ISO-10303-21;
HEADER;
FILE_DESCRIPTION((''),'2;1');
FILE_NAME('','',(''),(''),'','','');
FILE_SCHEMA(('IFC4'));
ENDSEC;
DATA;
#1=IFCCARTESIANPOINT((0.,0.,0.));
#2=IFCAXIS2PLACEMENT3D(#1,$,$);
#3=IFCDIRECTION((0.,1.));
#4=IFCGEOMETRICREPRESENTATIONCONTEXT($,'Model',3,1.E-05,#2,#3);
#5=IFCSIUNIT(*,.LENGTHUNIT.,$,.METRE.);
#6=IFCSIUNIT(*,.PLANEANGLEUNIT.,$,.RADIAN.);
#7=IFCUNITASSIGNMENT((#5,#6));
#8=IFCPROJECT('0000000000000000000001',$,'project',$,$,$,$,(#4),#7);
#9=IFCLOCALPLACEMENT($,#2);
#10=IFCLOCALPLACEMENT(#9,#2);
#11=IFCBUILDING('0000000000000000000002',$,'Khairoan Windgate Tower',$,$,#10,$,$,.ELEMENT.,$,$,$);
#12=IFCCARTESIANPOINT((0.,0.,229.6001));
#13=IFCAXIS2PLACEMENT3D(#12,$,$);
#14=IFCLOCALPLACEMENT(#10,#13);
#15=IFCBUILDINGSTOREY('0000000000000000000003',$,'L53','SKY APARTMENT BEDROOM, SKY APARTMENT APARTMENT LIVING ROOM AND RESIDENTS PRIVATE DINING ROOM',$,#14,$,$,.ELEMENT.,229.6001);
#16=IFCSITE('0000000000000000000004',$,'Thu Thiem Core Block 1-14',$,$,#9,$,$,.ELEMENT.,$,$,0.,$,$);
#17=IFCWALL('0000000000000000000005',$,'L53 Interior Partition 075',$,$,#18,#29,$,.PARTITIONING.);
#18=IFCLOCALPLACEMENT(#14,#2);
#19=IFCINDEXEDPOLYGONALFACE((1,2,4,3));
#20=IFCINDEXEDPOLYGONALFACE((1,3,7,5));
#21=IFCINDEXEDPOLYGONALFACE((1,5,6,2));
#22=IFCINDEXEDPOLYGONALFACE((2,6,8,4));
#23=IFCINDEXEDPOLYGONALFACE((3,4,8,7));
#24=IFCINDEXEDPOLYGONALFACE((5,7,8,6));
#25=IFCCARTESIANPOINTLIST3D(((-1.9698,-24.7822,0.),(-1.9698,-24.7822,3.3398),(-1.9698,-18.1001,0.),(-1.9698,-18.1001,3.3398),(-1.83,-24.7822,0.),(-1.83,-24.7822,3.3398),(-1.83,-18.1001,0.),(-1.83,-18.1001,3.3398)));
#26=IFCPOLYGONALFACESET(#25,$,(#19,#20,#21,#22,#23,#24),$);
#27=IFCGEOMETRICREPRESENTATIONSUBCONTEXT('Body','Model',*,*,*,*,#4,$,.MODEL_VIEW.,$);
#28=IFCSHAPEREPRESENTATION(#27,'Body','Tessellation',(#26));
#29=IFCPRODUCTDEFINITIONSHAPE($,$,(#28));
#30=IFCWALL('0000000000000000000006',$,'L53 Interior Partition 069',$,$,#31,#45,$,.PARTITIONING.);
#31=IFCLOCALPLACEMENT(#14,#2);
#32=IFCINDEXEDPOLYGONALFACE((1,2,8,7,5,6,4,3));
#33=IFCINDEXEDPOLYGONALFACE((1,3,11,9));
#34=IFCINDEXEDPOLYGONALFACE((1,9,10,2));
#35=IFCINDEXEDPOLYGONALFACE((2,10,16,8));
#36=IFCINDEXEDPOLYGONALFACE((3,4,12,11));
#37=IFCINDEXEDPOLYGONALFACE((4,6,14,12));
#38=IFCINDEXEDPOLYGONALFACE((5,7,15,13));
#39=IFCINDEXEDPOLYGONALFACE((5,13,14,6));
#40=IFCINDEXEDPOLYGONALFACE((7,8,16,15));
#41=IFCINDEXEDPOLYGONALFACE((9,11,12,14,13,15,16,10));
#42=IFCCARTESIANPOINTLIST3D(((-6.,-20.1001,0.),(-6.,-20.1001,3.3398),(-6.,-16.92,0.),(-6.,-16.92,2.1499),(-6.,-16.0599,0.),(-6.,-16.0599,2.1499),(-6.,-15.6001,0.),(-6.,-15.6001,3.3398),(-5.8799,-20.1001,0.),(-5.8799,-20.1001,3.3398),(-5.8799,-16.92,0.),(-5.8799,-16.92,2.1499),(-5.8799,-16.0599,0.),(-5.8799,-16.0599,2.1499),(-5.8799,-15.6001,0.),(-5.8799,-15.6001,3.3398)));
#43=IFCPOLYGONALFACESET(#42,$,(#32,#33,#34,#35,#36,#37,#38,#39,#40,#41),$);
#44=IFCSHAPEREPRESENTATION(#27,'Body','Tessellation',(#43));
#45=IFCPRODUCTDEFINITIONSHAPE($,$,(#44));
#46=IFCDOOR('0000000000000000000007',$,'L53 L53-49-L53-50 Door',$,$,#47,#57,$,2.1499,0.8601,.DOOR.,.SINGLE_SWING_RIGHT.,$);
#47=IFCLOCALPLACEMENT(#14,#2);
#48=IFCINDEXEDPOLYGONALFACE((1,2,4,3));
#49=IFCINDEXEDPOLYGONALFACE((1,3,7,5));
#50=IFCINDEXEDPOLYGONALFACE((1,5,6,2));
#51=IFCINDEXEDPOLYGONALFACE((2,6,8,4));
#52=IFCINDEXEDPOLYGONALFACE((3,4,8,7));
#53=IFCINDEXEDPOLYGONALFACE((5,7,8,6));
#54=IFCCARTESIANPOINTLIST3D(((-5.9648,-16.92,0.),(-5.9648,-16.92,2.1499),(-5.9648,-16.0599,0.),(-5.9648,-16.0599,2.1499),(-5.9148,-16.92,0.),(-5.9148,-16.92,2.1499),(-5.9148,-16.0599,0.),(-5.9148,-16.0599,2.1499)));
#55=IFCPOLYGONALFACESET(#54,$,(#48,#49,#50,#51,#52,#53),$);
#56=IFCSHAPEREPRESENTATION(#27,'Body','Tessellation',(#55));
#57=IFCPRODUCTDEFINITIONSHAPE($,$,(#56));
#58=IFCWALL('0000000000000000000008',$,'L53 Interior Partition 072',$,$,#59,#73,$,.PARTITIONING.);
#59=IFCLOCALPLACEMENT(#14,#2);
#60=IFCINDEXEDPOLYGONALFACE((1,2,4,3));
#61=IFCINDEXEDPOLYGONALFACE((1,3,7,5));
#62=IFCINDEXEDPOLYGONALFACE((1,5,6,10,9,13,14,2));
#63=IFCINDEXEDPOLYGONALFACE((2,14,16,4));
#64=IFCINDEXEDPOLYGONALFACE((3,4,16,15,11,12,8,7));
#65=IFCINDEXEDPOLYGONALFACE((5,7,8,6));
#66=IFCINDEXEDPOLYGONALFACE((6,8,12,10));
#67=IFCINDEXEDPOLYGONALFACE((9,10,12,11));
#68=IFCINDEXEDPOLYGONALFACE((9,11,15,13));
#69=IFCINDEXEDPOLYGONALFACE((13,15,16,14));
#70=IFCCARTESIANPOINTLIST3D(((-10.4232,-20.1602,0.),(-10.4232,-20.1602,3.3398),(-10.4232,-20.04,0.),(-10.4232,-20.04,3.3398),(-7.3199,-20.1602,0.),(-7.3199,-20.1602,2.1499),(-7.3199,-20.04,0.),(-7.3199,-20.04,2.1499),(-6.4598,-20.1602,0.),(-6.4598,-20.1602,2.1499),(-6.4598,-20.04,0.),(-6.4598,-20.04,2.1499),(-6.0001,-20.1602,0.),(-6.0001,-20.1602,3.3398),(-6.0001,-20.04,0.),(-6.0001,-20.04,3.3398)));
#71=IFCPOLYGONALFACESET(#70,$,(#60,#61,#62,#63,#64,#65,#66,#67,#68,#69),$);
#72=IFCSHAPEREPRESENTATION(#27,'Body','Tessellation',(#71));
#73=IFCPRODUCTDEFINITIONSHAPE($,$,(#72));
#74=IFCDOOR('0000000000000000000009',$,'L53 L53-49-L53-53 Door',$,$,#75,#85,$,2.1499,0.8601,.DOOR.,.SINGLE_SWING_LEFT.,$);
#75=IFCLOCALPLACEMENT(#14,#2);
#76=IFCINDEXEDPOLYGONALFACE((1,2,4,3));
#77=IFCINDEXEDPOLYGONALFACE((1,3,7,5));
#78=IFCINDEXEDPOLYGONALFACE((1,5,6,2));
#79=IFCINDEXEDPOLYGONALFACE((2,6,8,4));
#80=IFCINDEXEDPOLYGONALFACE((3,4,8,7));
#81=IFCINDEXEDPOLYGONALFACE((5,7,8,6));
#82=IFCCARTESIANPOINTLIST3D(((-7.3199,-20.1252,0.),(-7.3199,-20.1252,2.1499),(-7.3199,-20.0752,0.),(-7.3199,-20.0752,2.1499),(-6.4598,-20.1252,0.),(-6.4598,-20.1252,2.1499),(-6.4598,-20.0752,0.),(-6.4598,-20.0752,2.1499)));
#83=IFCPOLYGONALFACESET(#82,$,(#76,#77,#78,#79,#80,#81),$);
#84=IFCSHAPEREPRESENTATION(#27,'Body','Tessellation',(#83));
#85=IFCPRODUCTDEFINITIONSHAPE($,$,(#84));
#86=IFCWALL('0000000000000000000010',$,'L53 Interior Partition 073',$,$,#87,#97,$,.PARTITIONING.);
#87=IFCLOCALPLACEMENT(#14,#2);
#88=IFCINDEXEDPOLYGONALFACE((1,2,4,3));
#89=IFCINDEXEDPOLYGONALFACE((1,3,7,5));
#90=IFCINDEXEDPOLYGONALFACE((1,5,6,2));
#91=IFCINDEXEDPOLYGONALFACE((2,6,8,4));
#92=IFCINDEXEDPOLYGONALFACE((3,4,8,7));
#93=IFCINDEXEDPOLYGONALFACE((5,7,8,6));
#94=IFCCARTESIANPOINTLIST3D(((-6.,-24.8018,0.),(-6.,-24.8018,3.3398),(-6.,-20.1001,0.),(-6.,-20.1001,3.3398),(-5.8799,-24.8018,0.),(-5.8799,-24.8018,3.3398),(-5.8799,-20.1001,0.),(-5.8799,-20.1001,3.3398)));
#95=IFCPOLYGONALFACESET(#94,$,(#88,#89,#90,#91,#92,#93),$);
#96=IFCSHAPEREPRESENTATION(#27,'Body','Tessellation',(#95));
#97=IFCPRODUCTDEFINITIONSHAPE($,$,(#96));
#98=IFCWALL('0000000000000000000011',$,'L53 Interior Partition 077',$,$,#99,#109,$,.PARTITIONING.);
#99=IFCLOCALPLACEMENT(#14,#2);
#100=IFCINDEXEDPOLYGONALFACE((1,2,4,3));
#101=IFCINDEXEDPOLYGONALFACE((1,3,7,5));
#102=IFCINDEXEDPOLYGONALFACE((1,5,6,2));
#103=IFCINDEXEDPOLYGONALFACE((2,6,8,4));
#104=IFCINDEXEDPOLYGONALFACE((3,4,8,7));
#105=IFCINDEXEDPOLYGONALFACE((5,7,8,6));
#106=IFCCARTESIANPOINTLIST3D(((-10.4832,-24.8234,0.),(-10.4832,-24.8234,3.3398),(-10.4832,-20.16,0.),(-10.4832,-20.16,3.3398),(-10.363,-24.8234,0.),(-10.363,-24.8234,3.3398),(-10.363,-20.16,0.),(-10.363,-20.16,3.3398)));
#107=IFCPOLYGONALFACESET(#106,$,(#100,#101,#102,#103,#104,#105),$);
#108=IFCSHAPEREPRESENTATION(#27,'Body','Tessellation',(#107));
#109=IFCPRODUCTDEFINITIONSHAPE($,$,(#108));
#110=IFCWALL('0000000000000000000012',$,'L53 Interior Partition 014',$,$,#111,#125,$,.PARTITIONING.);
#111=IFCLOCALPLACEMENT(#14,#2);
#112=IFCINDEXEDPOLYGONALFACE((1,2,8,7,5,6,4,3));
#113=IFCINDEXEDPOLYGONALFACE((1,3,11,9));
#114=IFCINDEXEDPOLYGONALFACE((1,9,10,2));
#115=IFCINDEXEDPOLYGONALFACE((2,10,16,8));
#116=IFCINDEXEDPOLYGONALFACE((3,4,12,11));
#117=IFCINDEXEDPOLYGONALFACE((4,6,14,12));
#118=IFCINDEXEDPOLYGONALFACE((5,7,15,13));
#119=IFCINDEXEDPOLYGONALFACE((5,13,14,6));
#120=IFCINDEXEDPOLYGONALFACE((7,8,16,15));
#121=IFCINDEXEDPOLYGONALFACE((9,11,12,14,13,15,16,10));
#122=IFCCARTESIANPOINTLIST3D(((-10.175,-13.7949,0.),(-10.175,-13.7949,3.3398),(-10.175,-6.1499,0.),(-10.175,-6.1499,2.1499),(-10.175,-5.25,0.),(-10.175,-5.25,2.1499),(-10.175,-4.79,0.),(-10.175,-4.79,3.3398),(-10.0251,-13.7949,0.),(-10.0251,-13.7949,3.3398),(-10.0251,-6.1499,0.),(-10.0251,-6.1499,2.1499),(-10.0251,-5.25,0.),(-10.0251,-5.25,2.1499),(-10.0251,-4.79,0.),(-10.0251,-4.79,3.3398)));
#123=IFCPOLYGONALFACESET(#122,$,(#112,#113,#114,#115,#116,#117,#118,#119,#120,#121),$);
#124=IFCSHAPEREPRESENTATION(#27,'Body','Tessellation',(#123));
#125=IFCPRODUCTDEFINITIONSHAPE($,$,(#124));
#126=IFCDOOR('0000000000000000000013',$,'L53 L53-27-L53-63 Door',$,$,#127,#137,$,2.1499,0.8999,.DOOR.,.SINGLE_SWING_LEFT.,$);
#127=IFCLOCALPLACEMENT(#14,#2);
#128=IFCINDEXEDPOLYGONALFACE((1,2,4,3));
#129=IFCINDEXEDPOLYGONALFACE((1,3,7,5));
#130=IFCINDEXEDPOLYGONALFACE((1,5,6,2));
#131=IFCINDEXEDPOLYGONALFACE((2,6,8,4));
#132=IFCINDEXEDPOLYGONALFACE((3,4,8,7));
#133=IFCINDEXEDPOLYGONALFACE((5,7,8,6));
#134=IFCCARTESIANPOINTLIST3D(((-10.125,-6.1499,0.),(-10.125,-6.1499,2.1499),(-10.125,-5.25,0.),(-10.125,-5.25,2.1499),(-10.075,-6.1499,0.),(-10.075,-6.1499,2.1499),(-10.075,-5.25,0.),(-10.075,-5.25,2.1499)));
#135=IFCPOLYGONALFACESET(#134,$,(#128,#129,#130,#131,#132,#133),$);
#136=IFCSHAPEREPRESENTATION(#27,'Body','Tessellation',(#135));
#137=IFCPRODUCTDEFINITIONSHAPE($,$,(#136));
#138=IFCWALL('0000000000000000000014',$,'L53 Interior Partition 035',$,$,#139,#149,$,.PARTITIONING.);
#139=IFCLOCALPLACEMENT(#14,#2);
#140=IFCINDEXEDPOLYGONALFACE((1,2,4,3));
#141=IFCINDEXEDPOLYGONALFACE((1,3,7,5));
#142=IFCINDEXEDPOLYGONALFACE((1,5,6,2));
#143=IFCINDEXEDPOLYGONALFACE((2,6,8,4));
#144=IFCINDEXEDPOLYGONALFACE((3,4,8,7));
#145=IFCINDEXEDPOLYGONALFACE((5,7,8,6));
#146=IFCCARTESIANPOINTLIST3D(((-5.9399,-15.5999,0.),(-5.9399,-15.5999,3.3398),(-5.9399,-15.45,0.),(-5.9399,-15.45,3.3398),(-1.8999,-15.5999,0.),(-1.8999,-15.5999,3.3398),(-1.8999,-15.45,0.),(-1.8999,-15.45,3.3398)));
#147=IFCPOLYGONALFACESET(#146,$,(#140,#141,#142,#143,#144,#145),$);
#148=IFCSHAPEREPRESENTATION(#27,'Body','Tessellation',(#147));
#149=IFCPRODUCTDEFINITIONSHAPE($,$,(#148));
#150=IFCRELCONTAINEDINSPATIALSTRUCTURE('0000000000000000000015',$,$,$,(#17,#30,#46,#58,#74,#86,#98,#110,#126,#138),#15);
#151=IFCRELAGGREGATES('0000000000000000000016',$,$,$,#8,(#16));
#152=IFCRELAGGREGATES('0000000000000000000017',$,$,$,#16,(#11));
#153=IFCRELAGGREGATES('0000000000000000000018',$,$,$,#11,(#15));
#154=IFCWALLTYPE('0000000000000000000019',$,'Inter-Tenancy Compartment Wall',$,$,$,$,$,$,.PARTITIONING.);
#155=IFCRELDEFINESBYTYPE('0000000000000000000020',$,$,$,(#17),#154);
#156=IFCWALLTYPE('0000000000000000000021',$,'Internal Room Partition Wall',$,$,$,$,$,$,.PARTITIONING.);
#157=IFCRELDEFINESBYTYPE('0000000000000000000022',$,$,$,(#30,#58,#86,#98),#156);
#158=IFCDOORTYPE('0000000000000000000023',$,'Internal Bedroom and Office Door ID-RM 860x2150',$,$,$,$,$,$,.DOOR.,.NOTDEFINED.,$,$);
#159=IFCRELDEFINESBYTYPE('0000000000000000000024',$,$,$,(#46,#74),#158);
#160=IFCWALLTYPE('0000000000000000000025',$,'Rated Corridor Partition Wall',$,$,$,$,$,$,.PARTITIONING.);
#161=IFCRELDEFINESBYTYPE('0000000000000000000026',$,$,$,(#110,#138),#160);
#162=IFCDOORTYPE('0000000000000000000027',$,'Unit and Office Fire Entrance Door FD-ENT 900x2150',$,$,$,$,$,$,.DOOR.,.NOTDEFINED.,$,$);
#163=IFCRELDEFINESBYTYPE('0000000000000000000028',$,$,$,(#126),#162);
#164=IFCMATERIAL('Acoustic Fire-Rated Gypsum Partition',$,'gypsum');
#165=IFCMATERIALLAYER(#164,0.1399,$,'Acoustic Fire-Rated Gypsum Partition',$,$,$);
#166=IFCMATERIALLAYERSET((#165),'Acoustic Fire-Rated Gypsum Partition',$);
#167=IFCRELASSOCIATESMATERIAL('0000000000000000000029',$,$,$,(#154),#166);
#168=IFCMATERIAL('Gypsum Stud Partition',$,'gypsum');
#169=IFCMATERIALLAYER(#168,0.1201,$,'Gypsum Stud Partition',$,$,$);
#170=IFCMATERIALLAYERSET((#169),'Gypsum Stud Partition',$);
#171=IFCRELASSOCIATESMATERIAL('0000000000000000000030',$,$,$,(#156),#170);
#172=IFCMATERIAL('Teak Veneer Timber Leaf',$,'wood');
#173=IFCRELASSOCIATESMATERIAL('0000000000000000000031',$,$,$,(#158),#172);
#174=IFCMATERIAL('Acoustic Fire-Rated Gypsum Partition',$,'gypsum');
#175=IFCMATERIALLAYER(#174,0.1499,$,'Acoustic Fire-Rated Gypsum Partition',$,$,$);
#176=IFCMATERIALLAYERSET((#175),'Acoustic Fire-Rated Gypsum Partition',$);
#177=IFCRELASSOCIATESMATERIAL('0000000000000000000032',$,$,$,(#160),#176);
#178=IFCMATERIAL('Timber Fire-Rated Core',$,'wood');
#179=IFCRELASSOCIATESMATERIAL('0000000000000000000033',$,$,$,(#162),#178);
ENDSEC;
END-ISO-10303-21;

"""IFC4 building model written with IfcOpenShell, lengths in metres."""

from ifc_helpers import new_model, si_unit, direction, frame, frame_2d, origin, place, context, subcontext, project, spatial, rectangle, extrude, material, layer, layer_set, type_object, element, fill, save


model = new_model("IFC4")

# Units and contexts
model_context = context("Model", 3, precision=1e-05, world=origin(), true_north=direction((0.0, 1.0)))
body_context = subcontext(model_context, "Body", "Model", "MODEL_VIEW")
ifc_project = project(units=[si_unit("LENGTHUNIT", "METRE"), si_unit("PLANEANGLEUNIT", "RADIAN")], contexts=[model_context])

# Site, building, storey
site_placement = place(None, origin())
site = spatial("IfcSite", under=ifc_project, at=site_placement, Name="Thu Thiem Core Block 1-14", CompositionType="ELEMENT", RefElevation=0.0)
building_placement = place(site_placement, origin())
building = spatial("IfcBuilding", under=site, at=building_placement, Name="Khairoan Windgate Tower", CompositionType="ELEMENT")
storey_placement = place(building_placement, frame((0.0, 0.0, 229.6001)))
storey = spatial("IfcBuildingStorey", under=building, at=storey_placement, Name="L53", Description="SKY APARTMENT BEDROOM, SKY APARTMENT APARTMENT LIVING ROOM AND RESIDENTS PRIVATE DINING ROOM", CompositionType="ELEMENT", Elevation=229.6001)

# Wall
ifc_material_1 = material(Name="Acoustic Fire-Rated Gypsum Partition", Category="gypsum")
ifc_layer_1 = layer(ifc_material_1, 0.1399, Name="Acoustic Fire-Rated Gypsum Partition")
ifc_layer_set_1 = layer_set([ifc_layer_1], Name="Acoustic Fire-Rated Gypsum Partition")
wall_type_1 = type_object("IfcWallType", Name="Inter-Tenancy Compartment Wall", PredefinedType="PARTITIONING", material=ifc_layer_set_1)
wall_1_placement = place(storey_placement, frame((-1.8999, -24.7822, 0.0), z_axis=(0.0, 0.0, 1.0), x_axis=(0.0, 1.0, 0.0)))
element("IfcWall", 1, at=wall_1_placement, inside=storey, type_object=wall_type_1, Name="L53 Interior Partition 075", PredefinedType="PARTITIONING", context=body_context, shape_type="SweptSolid", body=[
    extrude(rectangle(XDim=6.6821, YDim=0.1399, at=frame_2d((3.3411, 0.0))), origin(), (0.0, 0.0, 1.0), 3.3398),
])

# Walls, openings, doors
ifc_material_2 = material(Name="Gypsum Stud Partition", Category="gypsum")
ifc_layer_2 = layer(ifc_material_2, 0.1201, Name="Gypsum Stud Partition")
ifc_layer_set_2 = layer_set([ifc_layer_2], Name="Gypsum Stud Partition")
wall_type_2 = type_object("IfcWallType", Name="Internal Room Partition Wall", PredefinedType="PARTITIONING", material=ifc_layer_set_2)
wall_2_placement = place(storey_placement, frame((-5.9399, -20.1001, 0.0), z_axis=(0.0, 0.0, 1.0), x_axis=(0.0, 1.0, 0.0)))
wall_2 = element("IfcWall", 2, at=wall_2_placement, inside=storey, type_object=wall_type_2, Name="L53 Interior Partition 069", PredefinedType="PARTITIONING", context=body_context, shape_type="SweptSolid", body=[
    extrude(rectangle(XDim=4.5, YDim=0.1201, at=frame_2d((2.25, 0.0))), origin(), (0.0, 0.0, 1.0), 3.3398),
])
opening_1_placement = place(wall_2_placement, frame((3.1799, 0.0, 0.0)))
opening_1 = element("IfcOpeningElement", 3, at=opening_1_placement, cuts=wall_2, PredefinedType="OPENING", context=body_context, shape_type="SweptSolid", body=[
    extrude(rectangle(XDim=0.8601, YDim=2.1499, at=frame_2d((0.4302, 1.075))), frame((0.0, 0.0701, 0.0), z_axis=(0.0, -1.0, 0.0), x_axis=(1.0, 0.0, 0.0)), (0.0, 0.0, 1.0), 0.1401),
])
ifc_material_3 = material(Name="Teak Veneer Timber Leaf", Category="wood")
door_type_1 = type_object("IfcDoorType", Name="Internal Bedroom and Office Door ID-RM 860x2150", OperationType="NOTDEFINED", PredefinedType="DOOR", material=ifc_material_3)
door_1_placement = place(opening_1_placement, origin())
door_1 = element("IfcDoor", 4, at=door_1_placement, inside=storey, type_object=door_type_1, Name="L53 L53-49-L53-50 Door", OperationType="SINGLE_SWING_RIGHT", OverallHeight=2.1499, OverallWidth=0.8601, PredefinedType="DOOR", context=body_context, shape_type="SweptSolid", body=[
    extrude(rectangle(XDim=0.8601, YDim=2.1499, at=frame_2d((0.4302, 1.075))), frame((0.0, 0.0249, 0.0), z_axis=(0.0, -1.0, 0.0), x_axis=(1.0, 0.0, 0.0)), (0.0, 0.0, 1.0), 0.05),
])
fill(opening_1, door_1)
wall_3_placement = place(storey_placement, frame((-10.4231, -20.1001, 0.0), z_axis=(0.0, 0.0, 1.0), x_axis=(1.0, 0.0, 0.0)))
wall_3 = element("IfcWall", 5, at=wall_3_placement, inside=storey, type_object=wall_type_2, Name="L53 Interior Partition 072", PredefinedType="PARTITIONING", context=body_context, shape_type="SweptSolid", body=[
    extrude(rectangle(XDim=4.4231, YDim=0.1201, at=frame_2d((2.2114, 0.0))), origin(), (0.0, 0.0, 1.0), 3.3398),
])
opening_2_placement = place(wall_3_placement, frame((3.103, 0.0, 0.0)))
opening_2 = element("IfcOpeningElement", 6, at=opening_2_placement, cuts=wall_3, PredefinedType="OPENING", context=body_context, shape_type="SweptSolid", body=[
    extrude(rectangle(XDim=0.8601, YDim=2.1499, at=frame_2d((0.4302, 1.075))), frame((0.0, 0.0701, 0.0), z_axis=(0.0, -1.0, 0.0), x_axis=(1.0, 0.0, 0.0)), (0.0, 0.0, 1.0), 0.1401),
])
door_2_placement = place(opening_2_placement, origin())
door_2 = element("IfcDoor", 7, at=door_2_placement, inside=storey, type_object=door_type_1, Name="L53 L53-49-L53-53 Door", OperationType="SINGLE_SWING_LEFT", OverallHeight=2.1499, OverallWidth=0.8601, PredefinedType="DOOR", context=body_context, shape_type="SweptSolid", body=[
    extrude(rectangle(XDim=0.8601, YDim=2.1499, at=frame_2d((0.4302, 1.075))), frame((0.0, 0.0249, 0.0), z_axis=(0.0, -1.0, 0.0), x_axis=(1.0, 0.0, 0.0)), (0.0, 0.0, 1.0), 0.05),
])
fill(opening_2, door_2)

# Walls
wall_4_placement = place(storey_placement, frame((-5.9399, -24.8018, 0.0), z_axis=(0.0, 0.0, 1.0), x_axis=(0.0, 1.0, 0.0)))
element("IfcWall", 8, at=wall_4_placement, inside=storey, type_object=wall_type_2, Name="L53 Interior Partition 073", PredefinedType="PARTITIONING", context=body_context, shape_type="SweptSolid", body=[
    extrude(rectangle(XDim=4.7017, YDim=0.1201, at=frame_2d((2.3508, 0.0))), origin(), (0.0, 0.0, 1.0), 3.3398),
])
wall_5_placement = place(storey_placement, frame((-10.4231, -24.8232, 0.0), z_axis=(0.0, 0.0, 1.0), x_axis=(0.0, 1.0, 0.0)))
element("IfcWall", 9, at=wall_5_placement, inside=storey, type_object=wall_type_2, Name="L53 Interior Partition 077", PredefinedType="PARTITIONING", context=body_context, shape_type="SweptSolid", body=[
    extrude(rectangle(XDim=4.6633, YDim=0.1201, at=frame_2d((2.3315, 0.0))), origin(), (0.0, 0.0, 1.0), 3.3398),
])

# Wall, opening, door
ifc_material_4 = material(Name="Acoustic Fire-Rated Gypsum Partition", Category="gypsum")
ifc_layer_3 = layer(ifc_material_4, 0.1499, Name="Acoustic Fire-Rated Gypsum Partition")
ifc_layer_set_3 = layer_set([ifc_layer_3], Name="Acoustic Fire-Rated Gypsum Partition")
wall_type_3 = type_object("IfcWallType", Name="Rated Corridor Partition Wall", PredefinedType="PARTITIONING", material=ifc_layer_set_3)
wall_6_placement = place(storey_placement, frame((-10.1001, -13.7949, 0.0), z_axis=(0.0, 0.0, 1.0), x_axis=(0.0, 1.0, 0.0)))
wall_6 = element("IfcWall", 10, at=wall_6_placement, inside=storey, type_object=wall_type_3, Name="L53 Interior Partition 014", PredefinedType="PARTITIONING", context=body_context, shape_type="SweptSolid", body=[
    extrude(rectangle(XDim=9.0049, YDim=0.1499, at=frame_2d((4.5024, 0.0))), origin(), (0.0, 0.0, 1.0), 3.3398),
])
opening_3_placement = place(wall_6_placement, frame((7.645, 0.0, 0.0)))
opening_3 = element("IfcOpeningElement", 11, at=opening_3_placement, cuts=wall_6, PredefinedType="OPENING", context=body_context, shape_type="SweptSolid", body=[
    extrude(rectangle(XDim=0.8999, YDim=2.1499, at=frame_2d((0.45, 1.075))), frame((0.0, 0.085, 0.0), z_axis=(0.0, -1.0, 0.0), x_axis=(1.0, 0.0, 0.0)), (0.0, 0.0, 1.0), 0.1699),
])
ifc_material_5 = material(Name="Timber Fire-Rated Core", Category="wood")
door_type_2 = type_object("IfcDoorType", Name="Unit and Office Fire Entrance Door FD-ENT 900x2150", OperationType="NOTDEFINED", PredefinedType="DOOR", material=ifc_material_5)
door_3_placement = place(opening_3_placement, origin())
door_3 = element("IfcDoor", 12, at=door_3_placement, inside=storey, type_object=door_type_2, Name="L53 L53-27-L53-63 Door", OperationType="SINGLE_SWING_LEFT", OverallHeight=2.1499, OverallWidth=0.8999, PredefinedType="DOOR", context=body_context, shape_type="SweptSolid", body=[
    extrude(rectangle(XDim=0.8999, YDim=2.1499, at=frame_2d((0.45, 1.075))), frame((0.0, 0.0249, 0.0), z_axis=(0.0, -1.0, 0.0), x_axis=(1.0, 0.0, 0.0)), (0.0, 0.0, 1.0), 0.05),
])
fill(opening_3, door_3)

# Wall
wall_7_placement = place(storey_placement, frame((-5.9399, -15.5249, 0.0), z_axis=(0.0, 0.0, 1.0), x_axis=(1.0, 0.0, 0.0)))
element("IfcWall", 13, at=wall_7_placement, inside=storey, type_object=wall_type_3, Name="L53 Interior Partition 035", PredefinedType="PARTITIONING", context=body_context, shape_type="SweptSolid", body=[
    extrude(rectangle(XDim=4.04, YDim=0.1499, at=frame_2d((2.02, 0.0))), origin(), (0.0, 0.0, 1.0), 3.3398),
])

save(model, "model.ifc")
